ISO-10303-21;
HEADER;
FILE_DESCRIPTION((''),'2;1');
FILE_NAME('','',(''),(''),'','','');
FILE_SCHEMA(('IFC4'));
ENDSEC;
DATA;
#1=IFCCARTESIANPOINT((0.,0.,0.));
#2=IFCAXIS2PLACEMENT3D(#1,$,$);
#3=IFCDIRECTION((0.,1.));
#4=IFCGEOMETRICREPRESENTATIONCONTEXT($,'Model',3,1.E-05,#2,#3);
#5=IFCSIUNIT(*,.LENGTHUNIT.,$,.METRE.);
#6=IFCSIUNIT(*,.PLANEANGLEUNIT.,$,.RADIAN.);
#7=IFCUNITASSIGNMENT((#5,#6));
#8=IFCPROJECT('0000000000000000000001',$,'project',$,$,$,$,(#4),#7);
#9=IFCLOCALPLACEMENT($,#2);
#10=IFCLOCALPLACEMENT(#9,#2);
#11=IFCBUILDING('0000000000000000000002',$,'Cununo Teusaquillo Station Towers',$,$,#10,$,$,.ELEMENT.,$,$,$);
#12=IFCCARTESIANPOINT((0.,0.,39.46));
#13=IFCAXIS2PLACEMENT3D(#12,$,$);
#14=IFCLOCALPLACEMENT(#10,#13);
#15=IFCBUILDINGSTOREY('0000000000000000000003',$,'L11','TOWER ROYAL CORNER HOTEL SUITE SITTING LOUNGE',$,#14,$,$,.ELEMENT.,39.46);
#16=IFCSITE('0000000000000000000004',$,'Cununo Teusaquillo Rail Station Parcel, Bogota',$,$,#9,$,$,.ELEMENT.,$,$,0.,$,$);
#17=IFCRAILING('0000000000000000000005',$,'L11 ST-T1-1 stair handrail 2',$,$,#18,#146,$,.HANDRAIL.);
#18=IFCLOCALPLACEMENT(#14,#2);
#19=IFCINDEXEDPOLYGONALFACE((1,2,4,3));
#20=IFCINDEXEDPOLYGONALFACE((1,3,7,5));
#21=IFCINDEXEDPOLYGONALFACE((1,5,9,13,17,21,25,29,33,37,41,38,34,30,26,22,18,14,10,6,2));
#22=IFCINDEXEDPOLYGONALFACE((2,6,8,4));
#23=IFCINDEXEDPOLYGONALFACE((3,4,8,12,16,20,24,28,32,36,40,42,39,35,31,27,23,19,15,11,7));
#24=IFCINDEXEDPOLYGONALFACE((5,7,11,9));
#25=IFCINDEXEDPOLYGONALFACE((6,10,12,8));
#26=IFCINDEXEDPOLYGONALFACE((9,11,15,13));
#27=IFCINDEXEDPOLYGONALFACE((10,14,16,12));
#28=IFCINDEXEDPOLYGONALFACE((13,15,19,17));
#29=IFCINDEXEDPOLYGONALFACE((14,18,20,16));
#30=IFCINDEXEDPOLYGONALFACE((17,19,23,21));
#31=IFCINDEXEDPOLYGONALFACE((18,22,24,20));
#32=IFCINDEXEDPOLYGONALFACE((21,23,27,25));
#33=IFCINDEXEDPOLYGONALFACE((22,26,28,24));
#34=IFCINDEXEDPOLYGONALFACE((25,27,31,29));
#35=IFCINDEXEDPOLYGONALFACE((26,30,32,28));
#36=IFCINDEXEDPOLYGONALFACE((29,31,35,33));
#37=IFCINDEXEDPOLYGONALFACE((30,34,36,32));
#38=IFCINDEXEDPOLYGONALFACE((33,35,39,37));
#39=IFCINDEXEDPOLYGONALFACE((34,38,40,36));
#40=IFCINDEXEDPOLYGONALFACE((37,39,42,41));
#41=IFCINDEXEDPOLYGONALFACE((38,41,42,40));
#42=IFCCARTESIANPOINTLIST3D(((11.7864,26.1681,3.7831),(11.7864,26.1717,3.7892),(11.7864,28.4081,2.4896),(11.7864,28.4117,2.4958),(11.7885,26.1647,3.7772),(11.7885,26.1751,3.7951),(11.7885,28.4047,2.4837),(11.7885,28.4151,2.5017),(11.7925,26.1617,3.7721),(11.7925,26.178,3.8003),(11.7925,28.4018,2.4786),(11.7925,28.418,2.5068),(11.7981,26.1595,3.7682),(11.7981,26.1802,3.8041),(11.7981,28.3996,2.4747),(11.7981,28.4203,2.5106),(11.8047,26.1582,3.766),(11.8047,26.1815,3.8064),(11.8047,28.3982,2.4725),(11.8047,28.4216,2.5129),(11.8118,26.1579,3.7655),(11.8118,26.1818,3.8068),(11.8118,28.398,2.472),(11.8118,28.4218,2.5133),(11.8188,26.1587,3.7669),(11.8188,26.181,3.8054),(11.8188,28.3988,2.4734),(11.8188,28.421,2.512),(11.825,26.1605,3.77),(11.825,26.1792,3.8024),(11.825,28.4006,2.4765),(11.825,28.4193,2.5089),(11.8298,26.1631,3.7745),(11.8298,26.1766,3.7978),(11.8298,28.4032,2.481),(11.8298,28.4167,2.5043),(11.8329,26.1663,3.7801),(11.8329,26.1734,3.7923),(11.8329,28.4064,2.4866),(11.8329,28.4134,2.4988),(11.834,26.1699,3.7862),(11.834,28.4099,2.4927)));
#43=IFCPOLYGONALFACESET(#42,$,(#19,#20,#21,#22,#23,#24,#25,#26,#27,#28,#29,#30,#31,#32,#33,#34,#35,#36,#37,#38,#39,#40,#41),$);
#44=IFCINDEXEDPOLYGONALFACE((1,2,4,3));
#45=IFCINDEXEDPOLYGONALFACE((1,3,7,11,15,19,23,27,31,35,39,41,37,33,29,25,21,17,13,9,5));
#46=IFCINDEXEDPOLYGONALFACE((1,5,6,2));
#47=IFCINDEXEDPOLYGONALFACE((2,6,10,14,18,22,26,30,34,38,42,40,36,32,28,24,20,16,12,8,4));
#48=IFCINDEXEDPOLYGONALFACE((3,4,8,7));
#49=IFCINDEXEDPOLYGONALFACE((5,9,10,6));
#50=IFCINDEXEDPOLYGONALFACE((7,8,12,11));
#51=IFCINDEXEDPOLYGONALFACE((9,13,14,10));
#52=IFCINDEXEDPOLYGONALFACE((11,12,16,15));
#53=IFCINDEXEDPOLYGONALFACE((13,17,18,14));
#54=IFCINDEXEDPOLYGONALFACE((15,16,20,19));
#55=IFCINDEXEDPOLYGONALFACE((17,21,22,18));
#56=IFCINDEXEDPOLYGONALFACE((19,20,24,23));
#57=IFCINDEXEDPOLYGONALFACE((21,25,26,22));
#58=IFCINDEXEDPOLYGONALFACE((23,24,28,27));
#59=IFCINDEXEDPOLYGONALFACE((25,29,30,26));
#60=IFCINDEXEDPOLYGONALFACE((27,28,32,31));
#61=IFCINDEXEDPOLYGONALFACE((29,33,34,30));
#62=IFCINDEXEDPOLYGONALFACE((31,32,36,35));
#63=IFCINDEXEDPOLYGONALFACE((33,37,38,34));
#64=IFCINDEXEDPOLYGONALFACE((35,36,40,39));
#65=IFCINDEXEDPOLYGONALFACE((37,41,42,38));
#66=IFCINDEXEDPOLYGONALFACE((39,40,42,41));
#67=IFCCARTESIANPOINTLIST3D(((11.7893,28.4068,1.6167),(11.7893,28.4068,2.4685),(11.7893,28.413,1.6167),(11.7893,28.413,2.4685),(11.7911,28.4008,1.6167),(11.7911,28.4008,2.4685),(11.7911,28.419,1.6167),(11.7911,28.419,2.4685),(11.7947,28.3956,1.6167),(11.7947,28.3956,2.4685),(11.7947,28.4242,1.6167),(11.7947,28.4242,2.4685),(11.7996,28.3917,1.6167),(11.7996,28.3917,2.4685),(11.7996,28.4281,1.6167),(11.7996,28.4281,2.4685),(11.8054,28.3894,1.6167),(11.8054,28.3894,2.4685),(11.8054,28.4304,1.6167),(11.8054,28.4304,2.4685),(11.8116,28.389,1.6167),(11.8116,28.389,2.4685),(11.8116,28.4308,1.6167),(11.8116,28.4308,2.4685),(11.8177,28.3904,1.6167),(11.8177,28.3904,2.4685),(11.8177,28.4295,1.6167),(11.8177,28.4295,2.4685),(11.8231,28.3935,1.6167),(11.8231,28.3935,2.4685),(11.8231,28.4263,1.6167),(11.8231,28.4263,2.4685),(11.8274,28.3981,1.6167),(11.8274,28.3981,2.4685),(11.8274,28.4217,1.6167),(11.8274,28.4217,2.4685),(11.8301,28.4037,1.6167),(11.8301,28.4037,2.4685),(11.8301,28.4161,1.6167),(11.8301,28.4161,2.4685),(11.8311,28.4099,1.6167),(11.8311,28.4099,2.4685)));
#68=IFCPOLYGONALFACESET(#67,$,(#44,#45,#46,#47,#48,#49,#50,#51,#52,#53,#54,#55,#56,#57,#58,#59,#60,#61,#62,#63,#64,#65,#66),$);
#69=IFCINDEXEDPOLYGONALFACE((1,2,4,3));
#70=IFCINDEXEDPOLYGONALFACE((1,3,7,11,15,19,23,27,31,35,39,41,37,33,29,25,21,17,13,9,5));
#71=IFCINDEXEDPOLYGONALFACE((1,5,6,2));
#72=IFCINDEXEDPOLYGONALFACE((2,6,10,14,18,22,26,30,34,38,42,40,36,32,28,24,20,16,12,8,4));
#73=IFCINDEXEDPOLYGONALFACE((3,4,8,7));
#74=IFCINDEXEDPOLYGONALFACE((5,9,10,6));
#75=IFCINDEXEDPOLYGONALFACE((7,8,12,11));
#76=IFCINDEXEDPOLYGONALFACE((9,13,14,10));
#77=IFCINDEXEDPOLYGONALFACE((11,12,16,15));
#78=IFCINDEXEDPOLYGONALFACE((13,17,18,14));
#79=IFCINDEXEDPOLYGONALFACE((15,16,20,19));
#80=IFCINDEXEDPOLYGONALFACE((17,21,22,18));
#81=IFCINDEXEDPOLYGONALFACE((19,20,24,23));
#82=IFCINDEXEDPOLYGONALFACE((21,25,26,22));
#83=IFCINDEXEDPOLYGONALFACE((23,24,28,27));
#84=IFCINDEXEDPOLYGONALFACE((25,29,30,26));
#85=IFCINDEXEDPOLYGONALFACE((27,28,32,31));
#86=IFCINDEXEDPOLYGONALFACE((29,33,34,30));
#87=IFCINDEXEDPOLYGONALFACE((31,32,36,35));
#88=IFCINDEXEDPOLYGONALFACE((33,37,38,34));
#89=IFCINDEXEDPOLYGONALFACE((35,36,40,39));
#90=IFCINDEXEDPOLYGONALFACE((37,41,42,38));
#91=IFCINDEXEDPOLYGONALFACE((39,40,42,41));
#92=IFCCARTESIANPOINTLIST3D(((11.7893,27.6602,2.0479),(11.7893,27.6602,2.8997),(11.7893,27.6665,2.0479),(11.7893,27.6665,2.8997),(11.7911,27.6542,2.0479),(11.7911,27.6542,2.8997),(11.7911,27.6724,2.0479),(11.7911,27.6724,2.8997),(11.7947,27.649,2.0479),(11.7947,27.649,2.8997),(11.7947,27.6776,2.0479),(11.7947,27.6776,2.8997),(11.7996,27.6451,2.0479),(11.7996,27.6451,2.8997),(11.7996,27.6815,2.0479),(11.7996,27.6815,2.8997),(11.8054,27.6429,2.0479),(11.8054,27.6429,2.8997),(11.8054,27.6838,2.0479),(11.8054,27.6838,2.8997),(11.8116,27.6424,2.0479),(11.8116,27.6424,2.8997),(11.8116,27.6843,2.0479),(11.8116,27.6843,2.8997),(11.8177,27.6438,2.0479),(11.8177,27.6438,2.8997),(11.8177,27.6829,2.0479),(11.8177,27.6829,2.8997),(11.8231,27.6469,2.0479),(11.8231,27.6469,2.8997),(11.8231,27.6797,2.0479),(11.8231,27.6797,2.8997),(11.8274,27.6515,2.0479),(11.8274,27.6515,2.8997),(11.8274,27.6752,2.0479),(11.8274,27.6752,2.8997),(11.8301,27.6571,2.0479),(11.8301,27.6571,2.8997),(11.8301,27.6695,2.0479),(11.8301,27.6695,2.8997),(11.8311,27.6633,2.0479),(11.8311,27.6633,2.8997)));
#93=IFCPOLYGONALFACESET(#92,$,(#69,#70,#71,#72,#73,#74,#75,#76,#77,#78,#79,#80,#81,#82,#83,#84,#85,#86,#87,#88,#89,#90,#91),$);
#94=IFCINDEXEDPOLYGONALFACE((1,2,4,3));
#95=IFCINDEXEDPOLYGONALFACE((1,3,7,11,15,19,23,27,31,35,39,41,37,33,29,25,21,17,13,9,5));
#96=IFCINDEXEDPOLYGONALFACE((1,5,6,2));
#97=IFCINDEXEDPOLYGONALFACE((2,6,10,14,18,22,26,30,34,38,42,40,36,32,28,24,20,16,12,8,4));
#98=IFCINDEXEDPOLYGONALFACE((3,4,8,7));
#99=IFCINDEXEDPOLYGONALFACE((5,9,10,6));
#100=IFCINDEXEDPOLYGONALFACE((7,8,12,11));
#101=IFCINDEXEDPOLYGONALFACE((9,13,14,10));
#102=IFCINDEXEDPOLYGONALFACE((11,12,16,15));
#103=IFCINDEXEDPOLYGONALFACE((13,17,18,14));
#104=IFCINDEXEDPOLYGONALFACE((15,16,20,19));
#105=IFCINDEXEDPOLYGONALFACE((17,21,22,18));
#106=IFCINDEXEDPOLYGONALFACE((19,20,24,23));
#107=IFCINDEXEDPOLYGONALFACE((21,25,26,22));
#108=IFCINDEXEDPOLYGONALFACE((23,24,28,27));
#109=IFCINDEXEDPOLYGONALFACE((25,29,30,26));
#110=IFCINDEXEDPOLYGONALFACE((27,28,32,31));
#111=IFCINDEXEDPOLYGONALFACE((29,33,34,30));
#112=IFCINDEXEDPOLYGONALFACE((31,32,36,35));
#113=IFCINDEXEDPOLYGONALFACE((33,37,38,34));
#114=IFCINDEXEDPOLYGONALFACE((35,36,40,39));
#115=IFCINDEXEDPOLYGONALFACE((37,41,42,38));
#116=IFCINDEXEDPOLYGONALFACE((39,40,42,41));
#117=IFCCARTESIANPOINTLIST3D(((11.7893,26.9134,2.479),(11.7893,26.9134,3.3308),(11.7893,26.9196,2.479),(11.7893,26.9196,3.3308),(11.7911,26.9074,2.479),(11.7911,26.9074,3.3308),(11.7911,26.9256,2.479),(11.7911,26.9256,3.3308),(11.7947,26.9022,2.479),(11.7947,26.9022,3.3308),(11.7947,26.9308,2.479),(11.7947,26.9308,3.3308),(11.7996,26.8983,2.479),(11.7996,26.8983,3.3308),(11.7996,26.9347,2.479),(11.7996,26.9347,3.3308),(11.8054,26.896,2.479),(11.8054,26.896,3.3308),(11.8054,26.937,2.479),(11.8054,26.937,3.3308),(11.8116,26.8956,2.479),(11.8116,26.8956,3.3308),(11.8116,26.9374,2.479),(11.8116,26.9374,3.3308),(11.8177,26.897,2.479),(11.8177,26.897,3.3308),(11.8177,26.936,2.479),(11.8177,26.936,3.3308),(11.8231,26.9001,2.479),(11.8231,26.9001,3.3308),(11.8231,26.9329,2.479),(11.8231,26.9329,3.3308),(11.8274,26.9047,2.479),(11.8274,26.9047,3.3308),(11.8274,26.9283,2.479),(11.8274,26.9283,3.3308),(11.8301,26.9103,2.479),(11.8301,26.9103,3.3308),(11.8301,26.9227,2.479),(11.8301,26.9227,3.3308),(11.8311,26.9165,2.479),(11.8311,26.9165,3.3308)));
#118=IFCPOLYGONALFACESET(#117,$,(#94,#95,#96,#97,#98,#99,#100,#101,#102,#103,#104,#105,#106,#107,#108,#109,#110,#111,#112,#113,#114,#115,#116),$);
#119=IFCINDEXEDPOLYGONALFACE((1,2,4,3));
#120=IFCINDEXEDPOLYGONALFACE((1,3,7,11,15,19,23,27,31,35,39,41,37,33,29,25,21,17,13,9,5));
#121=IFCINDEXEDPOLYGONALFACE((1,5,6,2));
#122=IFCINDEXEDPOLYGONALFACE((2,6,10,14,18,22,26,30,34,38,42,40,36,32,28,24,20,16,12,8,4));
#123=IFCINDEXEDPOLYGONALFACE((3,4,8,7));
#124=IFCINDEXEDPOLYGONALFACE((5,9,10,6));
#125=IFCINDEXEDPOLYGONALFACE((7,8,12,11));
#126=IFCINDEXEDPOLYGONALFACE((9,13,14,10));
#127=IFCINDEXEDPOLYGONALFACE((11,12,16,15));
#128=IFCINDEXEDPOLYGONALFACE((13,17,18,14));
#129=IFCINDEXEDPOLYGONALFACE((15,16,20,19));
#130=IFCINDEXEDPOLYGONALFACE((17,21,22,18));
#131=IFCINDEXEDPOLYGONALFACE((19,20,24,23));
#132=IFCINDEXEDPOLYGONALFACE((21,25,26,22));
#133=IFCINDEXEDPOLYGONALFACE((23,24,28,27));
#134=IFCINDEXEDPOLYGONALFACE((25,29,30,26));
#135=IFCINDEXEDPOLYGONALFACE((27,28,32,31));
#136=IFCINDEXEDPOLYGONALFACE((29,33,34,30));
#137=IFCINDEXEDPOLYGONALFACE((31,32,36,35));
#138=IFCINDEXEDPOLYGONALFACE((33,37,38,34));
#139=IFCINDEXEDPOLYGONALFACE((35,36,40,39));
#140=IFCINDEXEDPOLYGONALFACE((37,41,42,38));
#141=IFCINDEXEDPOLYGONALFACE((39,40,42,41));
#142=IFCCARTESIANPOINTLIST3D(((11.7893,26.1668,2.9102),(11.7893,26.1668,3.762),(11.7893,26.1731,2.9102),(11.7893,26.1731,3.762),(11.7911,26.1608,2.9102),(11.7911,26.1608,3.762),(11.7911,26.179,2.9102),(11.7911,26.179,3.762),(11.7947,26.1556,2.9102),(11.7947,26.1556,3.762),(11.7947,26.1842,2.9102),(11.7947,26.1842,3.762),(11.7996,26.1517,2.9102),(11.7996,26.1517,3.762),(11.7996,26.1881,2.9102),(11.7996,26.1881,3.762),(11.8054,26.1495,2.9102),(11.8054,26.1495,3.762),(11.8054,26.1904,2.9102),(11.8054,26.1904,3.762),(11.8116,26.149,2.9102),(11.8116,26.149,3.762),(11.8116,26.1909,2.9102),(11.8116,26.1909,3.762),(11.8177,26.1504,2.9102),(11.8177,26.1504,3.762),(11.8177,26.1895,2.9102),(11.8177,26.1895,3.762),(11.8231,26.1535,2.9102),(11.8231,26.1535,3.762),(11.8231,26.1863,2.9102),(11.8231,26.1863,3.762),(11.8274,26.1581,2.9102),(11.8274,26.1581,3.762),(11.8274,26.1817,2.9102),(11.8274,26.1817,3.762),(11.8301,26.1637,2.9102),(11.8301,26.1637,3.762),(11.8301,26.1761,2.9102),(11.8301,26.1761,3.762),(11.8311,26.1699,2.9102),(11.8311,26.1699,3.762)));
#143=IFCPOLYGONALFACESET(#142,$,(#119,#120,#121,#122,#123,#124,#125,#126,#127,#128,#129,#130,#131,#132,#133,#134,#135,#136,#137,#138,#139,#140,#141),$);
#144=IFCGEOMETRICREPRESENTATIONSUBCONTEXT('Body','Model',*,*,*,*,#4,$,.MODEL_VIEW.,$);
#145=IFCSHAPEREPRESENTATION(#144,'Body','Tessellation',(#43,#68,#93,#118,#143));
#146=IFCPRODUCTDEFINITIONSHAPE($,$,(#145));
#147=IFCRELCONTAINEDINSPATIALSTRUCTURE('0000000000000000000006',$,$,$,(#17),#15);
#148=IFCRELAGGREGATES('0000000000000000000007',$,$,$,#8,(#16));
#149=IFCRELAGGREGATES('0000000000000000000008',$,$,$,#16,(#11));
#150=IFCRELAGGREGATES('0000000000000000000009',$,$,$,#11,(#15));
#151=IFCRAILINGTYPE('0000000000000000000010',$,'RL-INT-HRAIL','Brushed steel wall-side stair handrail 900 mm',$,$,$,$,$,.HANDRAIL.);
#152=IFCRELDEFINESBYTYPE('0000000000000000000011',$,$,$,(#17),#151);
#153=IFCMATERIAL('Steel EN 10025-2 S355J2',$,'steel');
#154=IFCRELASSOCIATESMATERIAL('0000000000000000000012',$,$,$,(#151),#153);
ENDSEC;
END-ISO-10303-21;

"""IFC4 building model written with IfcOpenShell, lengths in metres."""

from ifc_helpers import new_model, si_unit, direction, frame, origin, origin_2d, place, context, subcontext, project, spatial, circle, extrude, material, type_object, element, save


model = new_model("IFC4")

# Units and contexts
model_context = context("Model", 3, precision=1e-05, world=origin(), true_north=direction((0.0, 1.0)))
body_context = subcontext(model_context, "Body", "Model", "MODEL_VIEW")
ifc_project = project(units=[si_unit("LENGTHUNIT", "METRE"), si_unit("PLANEANGLEUNIT", "RADIAN")], contexts=[model_context])

# Site, building, storey
site_placement = place(None, origin())
site = spatial("IfcSite", under=ifc_project, at=site_placement, Name="Cununo Teusaquillo Rail Station Parcel, Bogota", CompositionType="ELEMENT", RefElevation=0.0)
building_placement = place(site_placement, origin())
building = spatial("IfcBuilding", under=site, at=building_placement, Name="Cununo Teusaquillo Station Towers", CompositionType="ELEMENT")
storey_placement = place(building_placement, frame((0.0, 0.0, 39.46)))
storey = spatial("IfcBuildingStorey", under=building, at=storey_placement, Name="L11", Description="TOWER ROYAL CORNER HOTEL SUITE SITTING LOUNGE", CompositionType="ELEMENT", Elevation=39.46)

# Railing
ifc_material_1 = material(Name="Steel EN 10025-2 S355J2", Category="steel")
railing_type_1 = type_object("IfcRailingType", Name="RL-INT-HRAIL", Description="Brushed steel wall-side stair handrail 900 mm", PredefinedType="HANDRAIL", material=ifc_material_1)
railing_1_placement = place(storey_placement, frame((11.8101, 28.4099, 1.6167)))
element("IfcRailing", 1, at=railing_1_placement, inside=storey, type_object=railing_type_1, Name="L11 ST-T1-1 stair handrail 2", PredefinedType="HANDRAIL", context=body_context, shape_type="SweptSolid", body=[
    extrude(circle(Radius=0.0239, at=origin_2d()), frame((0.0, 0.0, 0.876), z_axis=(0.0, -0.865992, 0.500057), x_axis=(1.0, 0.0, 0.0)), (0.0, 0.0, 1.0), 2.5867),
    extrude(circle(Radius=0.021, at=origin_2d()), origin(), (0.0, 0.0, 1.0), 0.8518),
    extrude(circle(Radius=0.021, at=origin_2d()), frame((0.0, -0.7466, 0.4312)), (0.0, 0.0, 1.0), 0.8518),
    extrude(circle(Radius=0.021, at=origin_2d()), frame((0.0, -1.4934, 0.8623)), (0.0, 0.0, 1.0), 0.8518),
    extrude(circle(Radius=0.021, at=origin_2d()), frame((0.0, -2.24, 1.2935)), (0.0, 0.0, 1.0), 0.8518),
])

save(model, "model.ifc")
